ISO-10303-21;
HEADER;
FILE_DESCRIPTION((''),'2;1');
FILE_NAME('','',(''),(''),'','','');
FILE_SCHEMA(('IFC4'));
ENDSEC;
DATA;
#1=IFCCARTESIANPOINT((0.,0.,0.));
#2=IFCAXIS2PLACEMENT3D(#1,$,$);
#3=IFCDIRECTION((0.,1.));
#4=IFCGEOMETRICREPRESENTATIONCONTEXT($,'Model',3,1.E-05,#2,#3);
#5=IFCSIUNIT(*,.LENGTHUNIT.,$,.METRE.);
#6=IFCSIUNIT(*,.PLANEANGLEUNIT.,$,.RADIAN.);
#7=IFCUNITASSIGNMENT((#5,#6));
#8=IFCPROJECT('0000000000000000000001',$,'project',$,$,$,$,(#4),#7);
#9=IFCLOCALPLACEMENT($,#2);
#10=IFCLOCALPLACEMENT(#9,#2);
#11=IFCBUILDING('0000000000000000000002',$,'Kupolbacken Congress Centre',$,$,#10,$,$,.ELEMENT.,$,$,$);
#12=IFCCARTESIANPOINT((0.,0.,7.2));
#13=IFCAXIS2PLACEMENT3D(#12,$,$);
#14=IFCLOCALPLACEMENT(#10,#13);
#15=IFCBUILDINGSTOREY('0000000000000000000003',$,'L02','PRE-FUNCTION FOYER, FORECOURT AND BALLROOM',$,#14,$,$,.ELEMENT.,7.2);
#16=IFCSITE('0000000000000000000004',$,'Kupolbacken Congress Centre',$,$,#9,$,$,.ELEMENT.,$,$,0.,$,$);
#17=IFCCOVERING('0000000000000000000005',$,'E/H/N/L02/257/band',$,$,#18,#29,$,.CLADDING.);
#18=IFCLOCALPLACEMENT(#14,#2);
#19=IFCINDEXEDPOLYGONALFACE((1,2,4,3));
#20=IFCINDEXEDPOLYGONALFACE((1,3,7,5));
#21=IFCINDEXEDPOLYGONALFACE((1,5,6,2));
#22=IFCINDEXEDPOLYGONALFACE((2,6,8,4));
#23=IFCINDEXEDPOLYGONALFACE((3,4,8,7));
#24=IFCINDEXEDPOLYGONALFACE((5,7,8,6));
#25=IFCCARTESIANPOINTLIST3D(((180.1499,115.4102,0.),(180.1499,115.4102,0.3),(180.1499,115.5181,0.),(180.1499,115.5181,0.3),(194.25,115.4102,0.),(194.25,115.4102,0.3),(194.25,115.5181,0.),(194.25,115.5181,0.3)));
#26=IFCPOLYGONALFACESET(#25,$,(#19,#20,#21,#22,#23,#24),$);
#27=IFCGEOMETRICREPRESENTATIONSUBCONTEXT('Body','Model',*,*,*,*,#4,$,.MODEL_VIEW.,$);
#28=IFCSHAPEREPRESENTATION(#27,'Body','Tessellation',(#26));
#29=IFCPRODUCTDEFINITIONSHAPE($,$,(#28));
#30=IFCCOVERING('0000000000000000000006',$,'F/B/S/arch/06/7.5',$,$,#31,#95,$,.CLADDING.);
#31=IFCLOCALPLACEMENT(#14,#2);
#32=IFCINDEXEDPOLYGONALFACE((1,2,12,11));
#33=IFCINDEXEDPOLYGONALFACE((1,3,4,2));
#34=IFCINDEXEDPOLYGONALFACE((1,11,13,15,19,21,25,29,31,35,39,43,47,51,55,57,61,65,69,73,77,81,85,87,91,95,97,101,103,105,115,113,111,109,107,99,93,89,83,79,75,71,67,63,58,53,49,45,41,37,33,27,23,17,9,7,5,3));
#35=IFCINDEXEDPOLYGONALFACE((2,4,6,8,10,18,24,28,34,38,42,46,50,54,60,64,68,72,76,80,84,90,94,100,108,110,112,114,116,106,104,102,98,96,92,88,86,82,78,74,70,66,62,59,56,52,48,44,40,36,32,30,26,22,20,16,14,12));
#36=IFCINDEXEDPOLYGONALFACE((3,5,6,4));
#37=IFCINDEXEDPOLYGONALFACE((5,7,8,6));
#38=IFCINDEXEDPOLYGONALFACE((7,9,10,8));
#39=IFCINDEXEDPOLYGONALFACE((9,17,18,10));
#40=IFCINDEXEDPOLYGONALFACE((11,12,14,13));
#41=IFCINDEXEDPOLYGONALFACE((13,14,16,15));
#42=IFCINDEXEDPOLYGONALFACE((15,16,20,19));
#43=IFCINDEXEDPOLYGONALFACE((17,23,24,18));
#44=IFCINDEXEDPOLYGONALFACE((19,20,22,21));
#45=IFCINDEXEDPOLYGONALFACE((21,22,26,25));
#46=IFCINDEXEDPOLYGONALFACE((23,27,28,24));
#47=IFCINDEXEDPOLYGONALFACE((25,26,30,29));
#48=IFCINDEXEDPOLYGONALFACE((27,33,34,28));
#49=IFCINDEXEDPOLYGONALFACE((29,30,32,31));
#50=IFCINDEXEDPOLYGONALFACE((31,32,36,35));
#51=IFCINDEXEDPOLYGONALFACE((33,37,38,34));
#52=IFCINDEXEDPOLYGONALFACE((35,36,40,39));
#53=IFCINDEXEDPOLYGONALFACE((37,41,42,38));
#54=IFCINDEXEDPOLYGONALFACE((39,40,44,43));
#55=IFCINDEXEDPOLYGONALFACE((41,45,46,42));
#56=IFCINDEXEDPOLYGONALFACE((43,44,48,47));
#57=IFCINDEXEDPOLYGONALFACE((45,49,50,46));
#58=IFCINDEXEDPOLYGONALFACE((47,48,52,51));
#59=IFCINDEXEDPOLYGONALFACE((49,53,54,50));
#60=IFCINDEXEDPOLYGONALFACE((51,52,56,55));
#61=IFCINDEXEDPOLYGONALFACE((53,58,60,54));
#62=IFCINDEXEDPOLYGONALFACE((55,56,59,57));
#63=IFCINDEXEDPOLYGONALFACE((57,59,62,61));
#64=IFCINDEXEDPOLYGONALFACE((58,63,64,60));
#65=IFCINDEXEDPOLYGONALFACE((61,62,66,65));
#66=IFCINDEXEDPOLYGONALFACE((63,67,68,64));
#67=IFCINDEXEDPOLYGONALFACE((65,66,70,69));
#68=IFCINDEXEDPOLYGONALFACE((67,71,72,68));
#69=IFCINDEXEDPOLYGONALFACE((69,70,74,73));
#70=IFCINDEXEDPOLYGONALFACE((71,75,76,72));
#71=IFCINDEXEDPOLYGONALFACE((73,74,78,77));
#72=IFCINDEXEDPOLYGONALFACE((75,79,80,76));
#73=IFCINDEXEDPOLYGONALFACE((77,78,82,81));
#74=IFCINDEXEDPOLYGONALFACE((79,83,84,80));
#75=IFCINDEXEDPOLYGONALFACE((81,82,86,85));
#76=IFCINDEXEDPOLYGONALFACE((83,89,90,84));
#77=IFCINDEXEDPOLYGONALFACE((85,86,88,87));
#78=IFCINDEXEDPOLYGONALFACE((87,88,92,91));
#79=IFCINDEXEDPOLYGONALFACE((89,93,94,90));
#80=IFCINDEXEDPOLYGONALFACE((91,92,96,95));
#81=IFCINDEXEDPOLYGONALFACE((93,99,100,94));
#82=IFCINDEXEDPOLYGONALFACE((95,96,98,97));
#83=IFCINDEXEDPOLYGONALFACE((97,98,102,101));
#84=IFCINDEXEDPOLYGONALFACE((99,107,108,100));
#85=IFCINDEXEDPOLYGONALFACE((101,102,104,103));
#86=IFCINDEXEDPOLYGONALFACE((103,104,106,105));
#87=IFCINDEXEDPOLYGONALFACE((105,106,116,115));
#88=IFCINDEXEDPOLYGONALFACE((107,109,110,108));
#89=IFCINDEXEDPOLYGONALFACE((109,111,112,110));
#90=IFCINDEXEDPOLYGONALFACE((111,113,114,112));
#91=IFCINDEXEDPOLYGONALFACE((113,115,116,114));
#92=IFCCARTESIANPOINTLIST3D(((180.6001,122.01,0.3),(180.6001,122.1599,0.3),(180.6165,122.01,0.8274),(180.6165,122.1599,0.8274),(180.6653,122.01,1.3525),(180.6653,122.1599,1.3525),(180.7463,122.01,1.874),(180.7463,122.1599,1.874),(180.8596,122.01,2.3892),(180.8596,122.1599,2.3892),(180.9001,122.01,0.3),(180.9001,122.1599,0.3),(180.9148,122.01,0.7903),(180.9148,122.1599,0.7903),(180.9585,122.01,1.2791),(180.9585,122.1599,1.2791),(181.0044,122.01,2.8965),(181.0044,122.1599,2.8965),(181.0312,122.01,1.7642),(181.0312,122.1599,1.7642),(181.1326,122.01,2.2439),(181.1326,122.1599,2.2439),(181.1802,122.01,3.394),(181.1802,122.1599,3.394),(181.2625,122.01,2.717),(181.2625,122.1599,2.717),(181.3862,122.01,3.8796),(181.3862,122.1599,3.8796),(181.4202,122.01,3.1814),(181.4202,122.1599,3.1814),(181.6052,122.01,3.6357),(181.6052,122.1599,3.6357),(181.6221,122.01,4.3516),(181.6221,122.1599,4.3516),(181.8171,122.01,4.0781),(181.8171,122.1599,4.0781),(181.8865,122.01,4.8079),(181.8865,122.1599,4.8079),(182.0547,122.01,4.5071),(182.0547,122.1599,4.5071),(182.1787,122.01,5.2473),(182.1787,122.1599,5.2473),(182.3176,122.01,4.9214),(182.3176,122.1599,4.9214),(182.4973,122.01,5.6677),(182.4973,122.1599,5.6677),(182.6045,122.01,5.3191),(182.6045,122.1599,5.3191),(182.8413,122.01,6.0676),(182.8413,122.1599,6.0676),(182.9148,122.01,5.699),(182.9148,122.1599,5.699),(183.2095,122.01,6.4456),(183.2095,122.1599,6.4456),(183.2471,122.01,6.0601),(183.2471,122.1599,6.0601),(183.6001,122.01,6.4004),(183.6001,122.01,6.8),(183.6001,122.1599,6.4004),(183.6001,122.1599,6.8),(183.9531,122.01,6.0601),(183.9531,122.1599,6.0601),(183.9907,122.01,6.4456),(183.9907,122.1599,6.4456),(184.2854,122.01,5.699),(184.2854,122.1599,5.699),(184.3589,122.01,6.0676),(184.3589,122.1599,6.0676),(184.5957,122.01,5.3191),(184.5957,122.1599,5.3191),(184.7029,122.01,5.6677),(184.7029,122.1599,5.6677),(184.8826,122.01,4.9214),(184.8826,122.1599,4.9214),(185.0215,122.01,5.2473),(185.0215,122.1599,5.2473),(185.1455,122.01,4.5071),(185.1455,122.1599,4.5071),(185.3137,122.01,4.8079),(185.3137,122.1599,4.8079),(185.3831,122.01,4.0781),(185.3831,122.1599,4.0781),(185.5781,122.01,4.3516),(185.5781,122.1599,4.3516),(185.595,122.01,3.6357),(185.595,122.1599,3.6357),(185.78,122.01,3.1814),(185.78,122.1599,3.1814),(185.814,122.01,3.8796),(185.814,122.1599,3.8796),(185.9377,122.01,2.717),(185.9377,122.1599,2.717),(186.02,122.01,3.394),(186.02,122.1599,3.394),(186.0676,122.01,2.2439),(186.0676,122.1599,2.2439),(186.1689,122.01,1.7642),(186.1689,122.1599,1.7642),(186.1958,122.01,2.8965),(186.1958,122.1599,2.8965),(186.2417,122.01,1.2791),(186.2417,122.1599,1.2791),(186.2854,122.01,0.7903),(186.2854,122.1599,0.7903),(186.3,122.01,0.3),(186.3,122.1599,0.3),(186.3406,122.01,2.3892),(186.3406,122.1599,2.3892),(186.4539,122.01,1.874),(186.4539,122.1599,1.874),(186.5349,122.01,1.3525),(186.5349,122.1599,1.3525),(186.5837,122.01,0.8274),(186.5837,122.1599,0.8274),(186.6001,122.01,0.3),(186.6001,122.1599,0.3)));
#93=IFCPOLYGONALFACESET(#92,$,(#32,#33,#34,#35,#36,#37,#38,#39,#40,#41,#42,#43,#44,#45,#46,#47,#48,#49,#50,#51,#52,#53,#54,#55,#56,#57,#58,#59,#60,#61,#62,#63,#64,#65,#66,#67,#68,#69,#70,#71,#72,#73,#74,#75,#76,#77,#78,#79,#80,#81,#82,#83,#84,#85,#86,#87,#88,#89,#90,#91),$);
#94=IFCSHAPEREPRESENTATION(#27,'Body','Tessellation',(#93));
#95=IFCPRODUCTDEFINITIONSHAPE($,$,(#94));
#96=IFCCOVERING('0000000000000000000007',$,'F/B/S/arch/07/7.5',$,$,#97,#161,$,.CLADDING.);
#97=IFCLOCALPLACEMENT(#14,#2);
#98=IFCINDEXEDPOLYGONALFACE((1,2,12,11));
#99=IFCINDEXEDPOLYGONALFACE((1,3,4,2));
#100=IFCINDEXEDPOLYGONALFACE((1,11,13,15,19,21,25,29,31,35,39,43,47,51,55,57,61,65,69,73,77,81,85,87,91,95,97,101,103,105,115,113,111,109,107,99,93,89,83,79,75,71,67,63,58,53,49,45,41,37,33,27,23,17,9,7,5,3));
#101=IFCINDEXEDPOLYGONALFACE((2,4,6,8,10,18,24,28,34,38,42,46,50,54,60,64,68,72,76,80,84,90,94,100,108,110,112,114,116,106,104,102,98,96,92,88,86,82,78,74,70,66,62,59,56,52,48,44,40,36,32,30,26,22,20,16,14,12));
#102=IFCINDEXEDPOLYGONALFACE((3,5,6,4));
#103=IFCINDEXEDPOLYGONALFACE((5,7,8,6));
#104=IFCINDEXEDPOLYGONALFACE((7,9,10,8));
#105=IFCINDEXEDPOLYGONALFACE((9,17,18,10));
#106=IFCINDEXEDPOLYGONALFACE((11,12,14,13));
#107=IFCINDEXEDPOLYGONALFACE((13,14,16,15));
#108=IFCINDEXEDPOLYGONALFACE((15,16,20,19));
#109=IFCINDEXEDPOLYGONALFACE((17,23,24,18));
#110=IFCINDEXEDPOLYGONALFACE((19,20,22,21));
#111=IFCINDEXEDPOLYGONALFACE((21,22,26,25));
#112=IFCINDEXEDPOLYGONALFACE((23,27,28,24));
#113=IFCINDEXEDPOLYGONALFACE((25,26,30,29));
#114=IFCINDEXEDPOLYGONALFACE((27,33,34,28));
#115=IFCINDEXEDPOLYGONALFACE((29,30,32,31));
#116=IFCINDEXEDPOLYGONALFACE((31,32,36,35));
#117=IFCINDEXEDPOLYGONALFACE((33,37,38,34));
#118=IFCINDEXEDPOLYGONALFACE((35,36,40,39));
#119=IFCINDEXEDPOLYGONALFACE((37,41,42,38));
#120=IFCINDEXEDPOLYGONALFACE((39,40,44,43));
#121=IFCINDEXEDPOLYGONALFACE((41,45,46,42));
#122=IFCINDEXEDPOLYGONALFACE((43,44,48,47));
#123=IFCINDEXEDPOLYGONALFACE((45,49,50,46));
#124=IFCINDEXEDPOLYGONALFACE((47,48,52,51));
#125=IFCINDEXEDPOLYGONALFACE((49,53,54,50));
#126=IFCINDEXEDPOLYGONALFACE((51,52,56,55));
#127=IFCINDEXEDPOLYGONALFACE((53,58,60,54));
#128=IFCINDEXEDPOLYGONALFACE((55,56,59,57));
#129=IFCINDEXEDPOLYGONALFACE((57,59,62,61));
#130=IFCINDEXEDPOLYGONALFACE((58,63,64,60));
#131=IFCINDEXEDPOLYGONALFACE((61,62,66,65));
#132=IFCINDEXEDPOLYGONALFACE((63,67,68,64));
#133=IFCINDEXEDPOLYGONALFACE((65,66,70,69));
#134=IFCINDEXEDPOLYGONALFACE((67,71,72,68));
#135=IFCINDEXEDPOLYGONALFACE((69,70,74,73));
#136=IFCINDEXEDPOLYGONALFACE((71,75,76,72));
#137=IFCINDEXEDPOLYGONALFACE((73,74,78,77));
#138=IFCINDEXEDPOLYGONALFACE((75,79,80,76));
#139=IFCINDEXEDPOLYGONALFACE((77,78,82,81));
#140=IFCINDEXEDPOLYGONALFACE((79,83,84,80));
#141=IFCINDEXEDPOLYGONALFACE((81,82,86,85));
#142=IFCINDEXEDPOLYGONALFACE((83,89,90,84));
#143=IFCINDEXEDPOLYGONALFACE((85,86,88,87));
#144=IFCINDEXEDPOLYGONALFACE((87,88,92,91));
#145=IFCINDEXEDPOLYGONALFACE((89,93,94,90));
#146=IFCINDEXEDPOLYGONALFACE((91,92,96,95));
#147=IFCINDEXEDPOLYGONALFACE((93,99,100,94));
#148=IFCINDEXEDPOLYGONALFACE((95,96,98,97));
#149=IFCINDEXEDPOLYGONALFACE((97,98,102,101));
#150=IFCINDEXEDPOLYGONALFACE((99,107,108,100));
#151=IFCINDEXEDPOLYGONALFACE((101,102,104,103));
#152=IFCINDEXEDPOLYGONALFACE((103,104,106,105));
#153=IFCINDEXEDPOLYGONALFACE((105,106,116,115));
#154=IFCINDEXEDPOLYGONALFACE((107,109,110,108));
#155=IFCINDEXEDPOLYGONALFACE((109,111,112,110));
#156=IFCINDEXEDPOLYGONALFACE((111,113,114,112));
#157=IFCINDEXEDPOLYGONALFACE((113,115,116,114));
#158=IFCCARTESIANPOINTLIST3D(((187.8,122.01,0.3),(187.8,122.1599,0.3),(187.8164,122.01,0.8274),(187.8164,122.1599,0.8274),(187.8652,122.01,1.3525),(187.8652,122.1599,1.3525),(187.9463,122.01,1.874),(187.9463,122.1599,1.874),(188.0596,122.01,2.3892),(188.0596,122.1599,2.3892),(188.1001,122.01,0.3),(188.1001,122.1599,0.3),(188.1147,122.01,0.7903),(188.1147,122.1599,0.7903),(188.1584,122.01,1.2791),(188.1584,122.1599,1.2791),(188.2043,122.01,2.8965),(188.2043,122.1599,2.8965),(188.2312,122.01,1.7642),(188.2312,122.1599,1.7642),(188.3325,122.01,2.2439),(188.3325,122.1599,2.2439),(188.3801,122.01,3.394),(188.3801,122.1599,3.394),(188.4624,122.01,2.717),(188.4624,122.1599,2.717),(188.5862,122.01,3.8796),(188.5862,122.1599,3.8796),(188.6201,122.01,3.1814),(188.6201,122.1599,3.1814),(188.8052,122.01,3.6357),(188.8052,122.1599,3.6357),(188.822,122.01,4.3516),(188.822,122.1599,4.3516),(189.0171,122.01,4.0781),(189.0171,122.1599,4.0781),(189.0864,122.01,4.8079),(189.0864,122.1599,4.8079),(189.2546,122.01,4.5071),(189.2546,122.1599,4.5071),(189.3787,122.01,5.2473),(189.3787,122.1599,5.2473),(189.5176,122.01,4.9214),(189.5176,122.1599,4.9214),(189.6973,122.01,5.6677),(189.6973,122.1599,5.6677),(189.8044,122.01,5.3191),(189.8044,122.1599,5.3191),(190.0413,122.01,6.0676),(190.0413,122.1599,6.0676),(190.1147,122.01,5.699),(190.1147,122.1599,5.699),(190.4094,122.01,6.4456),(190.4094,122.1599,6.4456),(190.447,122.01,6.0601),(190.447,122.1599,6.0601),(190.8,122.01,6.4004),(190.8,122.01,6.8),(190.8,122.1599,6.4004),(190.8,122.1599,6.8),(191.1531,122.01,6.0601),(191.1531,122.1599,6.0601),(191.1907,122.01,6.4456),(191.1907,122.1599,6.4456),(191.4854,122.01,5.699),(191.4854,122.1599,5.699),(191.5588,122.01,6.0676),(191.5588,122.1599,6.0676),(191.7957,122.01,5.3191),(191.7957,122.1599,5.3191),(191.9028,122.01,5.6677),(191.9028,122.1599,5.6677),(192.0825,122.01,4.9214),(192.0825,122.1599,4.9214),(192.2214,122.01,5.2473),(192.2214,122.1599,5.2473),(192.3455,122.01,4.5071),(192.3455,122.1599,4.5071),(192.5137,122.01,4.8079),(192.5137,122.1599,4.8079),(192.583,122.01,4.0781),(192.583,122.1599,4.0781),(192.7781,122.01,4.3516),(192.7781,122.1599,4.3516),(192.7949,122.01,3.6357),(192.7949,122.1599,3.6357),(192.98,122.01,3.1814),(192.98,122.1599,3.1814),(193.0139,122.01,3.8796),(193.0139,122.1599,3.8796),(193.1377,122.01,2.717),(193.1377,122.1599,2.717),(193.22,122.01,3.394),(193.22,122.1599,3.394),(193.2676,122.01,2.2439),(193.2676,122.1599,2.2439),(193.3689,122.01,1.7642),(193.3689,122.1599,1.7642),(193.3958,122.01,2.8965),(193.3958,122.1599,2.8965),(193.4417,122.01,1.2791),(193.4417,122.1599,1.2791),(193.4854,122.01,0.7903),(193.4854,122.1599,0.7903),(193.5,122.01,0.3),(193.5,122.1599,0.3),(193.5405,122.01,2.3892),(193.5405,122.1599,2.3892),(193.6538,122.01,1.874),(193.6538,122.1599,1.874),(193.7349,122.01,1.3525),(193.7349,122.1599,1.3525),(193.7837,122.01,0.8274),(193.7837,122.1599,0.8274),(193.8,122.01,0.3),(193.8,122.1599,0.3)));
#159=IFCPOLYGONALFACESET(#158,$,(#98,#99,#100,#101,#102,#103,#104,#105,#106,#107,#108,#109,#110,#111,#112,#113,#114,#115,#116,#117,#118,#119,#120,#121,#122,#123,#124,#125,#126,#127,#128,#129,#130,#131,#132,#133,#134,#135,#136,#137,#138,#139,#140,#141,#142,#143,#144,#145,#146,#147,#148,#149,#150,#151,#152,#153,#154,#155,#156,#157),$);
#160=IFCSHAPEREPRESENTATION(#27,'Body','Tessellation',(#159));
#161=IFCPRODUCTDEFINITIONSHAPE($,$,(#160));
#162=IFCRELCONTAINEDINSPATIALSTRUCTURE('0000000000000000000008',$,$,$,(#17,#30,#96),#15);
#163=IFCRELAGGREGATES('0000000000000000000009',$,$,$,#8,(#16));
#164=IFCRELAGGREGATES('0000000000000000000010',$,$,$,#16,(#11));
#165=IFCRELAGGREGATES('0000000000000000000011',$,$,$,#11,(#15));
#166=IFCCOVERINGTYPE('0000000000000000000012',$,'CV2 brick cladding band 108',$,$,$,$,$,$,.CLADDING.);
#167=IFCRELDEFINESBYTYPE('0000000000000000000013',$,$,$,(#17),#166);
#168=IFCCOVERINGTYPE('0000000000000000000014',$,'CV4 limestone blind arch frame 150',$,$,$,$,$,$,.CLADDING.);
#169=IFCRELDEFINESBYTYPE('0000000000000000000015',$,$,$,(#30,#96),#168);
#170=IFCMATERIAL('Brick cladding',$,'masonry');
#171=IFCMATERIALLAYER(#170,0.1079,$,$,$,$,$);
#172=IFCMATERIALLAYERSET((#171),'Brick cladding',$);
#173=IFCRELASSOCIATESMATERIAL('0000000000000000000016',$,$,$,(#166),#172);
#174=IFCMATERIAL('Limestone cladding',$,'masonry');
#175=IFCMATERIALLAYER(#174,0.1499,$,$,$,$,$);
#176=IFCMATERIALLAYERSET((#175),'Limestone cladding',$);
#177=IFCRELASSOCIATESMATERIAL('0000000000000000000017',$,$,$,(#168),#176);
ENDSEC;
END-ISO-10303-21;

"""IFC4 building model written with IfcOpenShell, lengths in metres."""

from ifc_helpers import new_model, si_unit, direction, frame, origin, origin_2d, place, context, subcontext, project, spatial, polyline, rectangle, outline, extrude, material, layer, layer_set, type_object, element, save


model = new_model("IFC4")

# Units and contexts
model_context = context("Model", 3, precision=1e-05, world=origin(), true_north=direction((0.0, 1.0)))
body_context = subcontext(model_context, "Body", "Model", "MODEL_VIEW")
ifc_project = project(units=[si_unit("LENGTHUNIT", "METRE"), si_unit("PLANEANGLEUNIT", "RADIAN")], contexts=[model_context])

# Site, building, storey
site_placement = place(None, origin())
site = spatial("IfcSite", under=ifc_project, at=site_placement, Name="Kupolbacken Congress Centre", CompositionType="ELEMENT", RefElevation=0.0)
building_placement = place(site_placement, origin())
building = spatial("IfcBuilding", under=site, at=building_placement, Name="Kupolbacken Congress Centre", CompositionType="ELEMENT")
storey_placement = place(building_placement, frame((0.0, 0.0, 7.2)))
storey = spatial("IfcBuildingStorey", under=building, at=storey_placement, Name="L02", Description="PRE-FUNCTION FOYER, FORECOURT AND BALLROOM", CompositionType="ELEMENT", Elevation=7.2)

# Coverings
ifc_material_1 = material(Name="Brick cladding", Category="masonry")
ifc_layer_1 = layer(ifc_material_1, 0.1079)
ifc_layer_set_1 = layer_set([ifc_layer_1], Name="Brick cladding")
covering_type_1 = type_object("IfcCoveringType", Name="CV2 brick cladding band 108", PredefinedType="CLADDING", material=ifc_layer_set_1)
covering_1_placement = place(storey_placement, frame((187.2, 115.4641, 0.0), z_axis=(0.0, 0.0, 1.0), x_axis=(-1.0, 0.0, 0.0)))
element("IfcCovering", 1, at=covering_1_placement, inside=storey, type_object=covering_type_1, Name="E/H/N/L02/257/band", PredefinedType="CLADDING", context=body_context, shape_type="SweptSolid", body=[
    extrude(rectangle(XDim=14.1001, YDim=0.1079, at=origin_2d()), origin(), (0.0, 0.0, 1.0), 0.3),
])
ifc_material_2 = material(Name="Limestone cladding", Category="masonry")
ifc_layer_2 = layer(ifc_material_2, 0.1499)
ifc_layer_set_2 = layer_set([ifc_layer_2], Name="Limestone cladding")
covering_type_2 = type_object("IfcCoveringType", Name="CV4 limestone blind arch frame 150", PredefinedType="CLADDING", material=ifc_layer_set_2)
covering_2_placement = place(storey_placement, frame((180.6001, 122.1599, 0.3), z_axis=(0.0, -1.0, 0.0), x_axis=(1.0, 0.0, 0.0)))
element("IfcCovering", 2, at=covering_2_placement, inside=storey, type_object=covering_type_2, Name="F/B/S/arch/06/7.5", PredefinedType="CLADDING", context=body_context, shape_type="SweptSolid", body=[
    extrude(outline(polyline([(0.0, 0.0), (0.0164, 0.5273), (0.0652, 1.0525), (0.1462, 1.574), (0.2595, 2.0891), (0.4043, 2.5964), (0.5801, 3.094), (0.7861, 3.5796), (1.022, 4.0515), (1.2864, 4.5078), (1.5786, 4.9473), (1.8972, 5.3677), (2.2412, 5.7676), (2.6094, 6.1455), (3.0, 6.5), (3.3906, 6.1455), (3.7588, 5.7676), (4.1028, 5.3677), (4.4214, 4.9473), (4.7136, 4.5078), (4.978, 4.0515), (5.2139, 3.5796), (5.4199, 3.094), (5.5957, 2.5964), (5.7405, 2.0891), (5.8538, 1.574), (5.9348, 1.0525), (5.9836, 0.5273), (6.0, 0.0), (5.7, 0.0), (5.6853, 0.4902), (5.6416, 0.979), (5.5688, 1.4641), (5.4675, 1.9438), (5.3376, 2.417), (5.1799, 2.8813), (4.9949, 3.3357), (4.783, 3.7781), (4.5454, 4.207), (4.2825, 4.6213), (3.9956, 5.019), (3.6853, 5.3989), (3.353, 5.76), (3.0, 6.1003), (2.647, 5.76), (2.3147, 5.3989), (2.0044, 5.019), (1.7175, 4.6213), (1.4546, 4.207), (1.217, 3.7781), (1.0051, 3.3357), (0.8201, 2.8813), (0.6624, 2.417), (0.5325, 1.9438), (0.4312, 1.4641), (0.3584, 0.979), (0.3147, 0.4902), (0.3, 0.0), (0.0, 0.0)])), origin(), (0.0, 0.0, 1.0), 0.1499),
])
covering_3_placement = place(storey_placement, frame((187.8, 122.1599, 0.3), z_axis=(0.0, -1.0, 0.0), x_axis=(1.0, 0.0, 0.0)))
element("IfcCovering", 3, at=covering_3_placement, inside=storey, type_object=covering_type_2, Name="F/B/S/arch/07/7.5", PredefinedType="CLADDING", context=body_context, shape_type="SweptSolid", body=[
    extrude(outline(polyline([(0.0, 0.0), (0.0164, 0.5273), (0.0652, 1.0525), (0.1462, 1.574), (0.2595, 2.0891), (0.4043, 2.5964), (0.5801, 3.094), (0.7861, 3.5796), (1.022, 4.0515), (1.2864, 4.5078), (1.5786, 4.9473), (1.8972, 5.3677), (2.2412, 5.7676), (2.6094, 6.1455), (3.0, 6.5), (3.3906, 6.1455), (3.7588, 5.7676), (4.1028, 5.3677), (4.4214, 4.9473), (4.7136, 4.5078), (4.978, 4.0515), (5.2139, 3.5796), (5.4199, 3.094), (5.5957, 2.5964), (5.7405, 2.0891), (5.8538, 1.574), (5.9348, 1.0525), (5.9836, 0.5273), (6.0, 0.0), (5.7, 0.0), (5.6853, 0.4902), (5.6416, 0.979), (5.5688, 1.4641), (5.4675, 1.9438), (5.3376, 2.417), (5.1799, 2.8813), (4.9949, 3.3357), (4.783, 3.7781), (4.5454, 4.207), (4.2825, 4.6213), (3.9956, 5.019), (3.6853, 5.3989), (3.353, 5.76), (3.0, 6.1003), (2.647, 5.76), (2.3147, 5.3989), (2.0044, 5.019), (1.7175, 4.6213), (1.4546, 4.207), (1.217, 3.7781), (1.0051, 3.3357), (0.8201, 2.8813), (0.6624, 2.417), (0.5325, 1.9438), (0.4312, 1.4641), (0.3584, 0.979), (0.3147, 0.4902), (0.3, 0.0), (0.0, 0.0)])), origin(), (0.0, 0.0, 1.0), 0.1499),
])

save(model, "model.ifc")
